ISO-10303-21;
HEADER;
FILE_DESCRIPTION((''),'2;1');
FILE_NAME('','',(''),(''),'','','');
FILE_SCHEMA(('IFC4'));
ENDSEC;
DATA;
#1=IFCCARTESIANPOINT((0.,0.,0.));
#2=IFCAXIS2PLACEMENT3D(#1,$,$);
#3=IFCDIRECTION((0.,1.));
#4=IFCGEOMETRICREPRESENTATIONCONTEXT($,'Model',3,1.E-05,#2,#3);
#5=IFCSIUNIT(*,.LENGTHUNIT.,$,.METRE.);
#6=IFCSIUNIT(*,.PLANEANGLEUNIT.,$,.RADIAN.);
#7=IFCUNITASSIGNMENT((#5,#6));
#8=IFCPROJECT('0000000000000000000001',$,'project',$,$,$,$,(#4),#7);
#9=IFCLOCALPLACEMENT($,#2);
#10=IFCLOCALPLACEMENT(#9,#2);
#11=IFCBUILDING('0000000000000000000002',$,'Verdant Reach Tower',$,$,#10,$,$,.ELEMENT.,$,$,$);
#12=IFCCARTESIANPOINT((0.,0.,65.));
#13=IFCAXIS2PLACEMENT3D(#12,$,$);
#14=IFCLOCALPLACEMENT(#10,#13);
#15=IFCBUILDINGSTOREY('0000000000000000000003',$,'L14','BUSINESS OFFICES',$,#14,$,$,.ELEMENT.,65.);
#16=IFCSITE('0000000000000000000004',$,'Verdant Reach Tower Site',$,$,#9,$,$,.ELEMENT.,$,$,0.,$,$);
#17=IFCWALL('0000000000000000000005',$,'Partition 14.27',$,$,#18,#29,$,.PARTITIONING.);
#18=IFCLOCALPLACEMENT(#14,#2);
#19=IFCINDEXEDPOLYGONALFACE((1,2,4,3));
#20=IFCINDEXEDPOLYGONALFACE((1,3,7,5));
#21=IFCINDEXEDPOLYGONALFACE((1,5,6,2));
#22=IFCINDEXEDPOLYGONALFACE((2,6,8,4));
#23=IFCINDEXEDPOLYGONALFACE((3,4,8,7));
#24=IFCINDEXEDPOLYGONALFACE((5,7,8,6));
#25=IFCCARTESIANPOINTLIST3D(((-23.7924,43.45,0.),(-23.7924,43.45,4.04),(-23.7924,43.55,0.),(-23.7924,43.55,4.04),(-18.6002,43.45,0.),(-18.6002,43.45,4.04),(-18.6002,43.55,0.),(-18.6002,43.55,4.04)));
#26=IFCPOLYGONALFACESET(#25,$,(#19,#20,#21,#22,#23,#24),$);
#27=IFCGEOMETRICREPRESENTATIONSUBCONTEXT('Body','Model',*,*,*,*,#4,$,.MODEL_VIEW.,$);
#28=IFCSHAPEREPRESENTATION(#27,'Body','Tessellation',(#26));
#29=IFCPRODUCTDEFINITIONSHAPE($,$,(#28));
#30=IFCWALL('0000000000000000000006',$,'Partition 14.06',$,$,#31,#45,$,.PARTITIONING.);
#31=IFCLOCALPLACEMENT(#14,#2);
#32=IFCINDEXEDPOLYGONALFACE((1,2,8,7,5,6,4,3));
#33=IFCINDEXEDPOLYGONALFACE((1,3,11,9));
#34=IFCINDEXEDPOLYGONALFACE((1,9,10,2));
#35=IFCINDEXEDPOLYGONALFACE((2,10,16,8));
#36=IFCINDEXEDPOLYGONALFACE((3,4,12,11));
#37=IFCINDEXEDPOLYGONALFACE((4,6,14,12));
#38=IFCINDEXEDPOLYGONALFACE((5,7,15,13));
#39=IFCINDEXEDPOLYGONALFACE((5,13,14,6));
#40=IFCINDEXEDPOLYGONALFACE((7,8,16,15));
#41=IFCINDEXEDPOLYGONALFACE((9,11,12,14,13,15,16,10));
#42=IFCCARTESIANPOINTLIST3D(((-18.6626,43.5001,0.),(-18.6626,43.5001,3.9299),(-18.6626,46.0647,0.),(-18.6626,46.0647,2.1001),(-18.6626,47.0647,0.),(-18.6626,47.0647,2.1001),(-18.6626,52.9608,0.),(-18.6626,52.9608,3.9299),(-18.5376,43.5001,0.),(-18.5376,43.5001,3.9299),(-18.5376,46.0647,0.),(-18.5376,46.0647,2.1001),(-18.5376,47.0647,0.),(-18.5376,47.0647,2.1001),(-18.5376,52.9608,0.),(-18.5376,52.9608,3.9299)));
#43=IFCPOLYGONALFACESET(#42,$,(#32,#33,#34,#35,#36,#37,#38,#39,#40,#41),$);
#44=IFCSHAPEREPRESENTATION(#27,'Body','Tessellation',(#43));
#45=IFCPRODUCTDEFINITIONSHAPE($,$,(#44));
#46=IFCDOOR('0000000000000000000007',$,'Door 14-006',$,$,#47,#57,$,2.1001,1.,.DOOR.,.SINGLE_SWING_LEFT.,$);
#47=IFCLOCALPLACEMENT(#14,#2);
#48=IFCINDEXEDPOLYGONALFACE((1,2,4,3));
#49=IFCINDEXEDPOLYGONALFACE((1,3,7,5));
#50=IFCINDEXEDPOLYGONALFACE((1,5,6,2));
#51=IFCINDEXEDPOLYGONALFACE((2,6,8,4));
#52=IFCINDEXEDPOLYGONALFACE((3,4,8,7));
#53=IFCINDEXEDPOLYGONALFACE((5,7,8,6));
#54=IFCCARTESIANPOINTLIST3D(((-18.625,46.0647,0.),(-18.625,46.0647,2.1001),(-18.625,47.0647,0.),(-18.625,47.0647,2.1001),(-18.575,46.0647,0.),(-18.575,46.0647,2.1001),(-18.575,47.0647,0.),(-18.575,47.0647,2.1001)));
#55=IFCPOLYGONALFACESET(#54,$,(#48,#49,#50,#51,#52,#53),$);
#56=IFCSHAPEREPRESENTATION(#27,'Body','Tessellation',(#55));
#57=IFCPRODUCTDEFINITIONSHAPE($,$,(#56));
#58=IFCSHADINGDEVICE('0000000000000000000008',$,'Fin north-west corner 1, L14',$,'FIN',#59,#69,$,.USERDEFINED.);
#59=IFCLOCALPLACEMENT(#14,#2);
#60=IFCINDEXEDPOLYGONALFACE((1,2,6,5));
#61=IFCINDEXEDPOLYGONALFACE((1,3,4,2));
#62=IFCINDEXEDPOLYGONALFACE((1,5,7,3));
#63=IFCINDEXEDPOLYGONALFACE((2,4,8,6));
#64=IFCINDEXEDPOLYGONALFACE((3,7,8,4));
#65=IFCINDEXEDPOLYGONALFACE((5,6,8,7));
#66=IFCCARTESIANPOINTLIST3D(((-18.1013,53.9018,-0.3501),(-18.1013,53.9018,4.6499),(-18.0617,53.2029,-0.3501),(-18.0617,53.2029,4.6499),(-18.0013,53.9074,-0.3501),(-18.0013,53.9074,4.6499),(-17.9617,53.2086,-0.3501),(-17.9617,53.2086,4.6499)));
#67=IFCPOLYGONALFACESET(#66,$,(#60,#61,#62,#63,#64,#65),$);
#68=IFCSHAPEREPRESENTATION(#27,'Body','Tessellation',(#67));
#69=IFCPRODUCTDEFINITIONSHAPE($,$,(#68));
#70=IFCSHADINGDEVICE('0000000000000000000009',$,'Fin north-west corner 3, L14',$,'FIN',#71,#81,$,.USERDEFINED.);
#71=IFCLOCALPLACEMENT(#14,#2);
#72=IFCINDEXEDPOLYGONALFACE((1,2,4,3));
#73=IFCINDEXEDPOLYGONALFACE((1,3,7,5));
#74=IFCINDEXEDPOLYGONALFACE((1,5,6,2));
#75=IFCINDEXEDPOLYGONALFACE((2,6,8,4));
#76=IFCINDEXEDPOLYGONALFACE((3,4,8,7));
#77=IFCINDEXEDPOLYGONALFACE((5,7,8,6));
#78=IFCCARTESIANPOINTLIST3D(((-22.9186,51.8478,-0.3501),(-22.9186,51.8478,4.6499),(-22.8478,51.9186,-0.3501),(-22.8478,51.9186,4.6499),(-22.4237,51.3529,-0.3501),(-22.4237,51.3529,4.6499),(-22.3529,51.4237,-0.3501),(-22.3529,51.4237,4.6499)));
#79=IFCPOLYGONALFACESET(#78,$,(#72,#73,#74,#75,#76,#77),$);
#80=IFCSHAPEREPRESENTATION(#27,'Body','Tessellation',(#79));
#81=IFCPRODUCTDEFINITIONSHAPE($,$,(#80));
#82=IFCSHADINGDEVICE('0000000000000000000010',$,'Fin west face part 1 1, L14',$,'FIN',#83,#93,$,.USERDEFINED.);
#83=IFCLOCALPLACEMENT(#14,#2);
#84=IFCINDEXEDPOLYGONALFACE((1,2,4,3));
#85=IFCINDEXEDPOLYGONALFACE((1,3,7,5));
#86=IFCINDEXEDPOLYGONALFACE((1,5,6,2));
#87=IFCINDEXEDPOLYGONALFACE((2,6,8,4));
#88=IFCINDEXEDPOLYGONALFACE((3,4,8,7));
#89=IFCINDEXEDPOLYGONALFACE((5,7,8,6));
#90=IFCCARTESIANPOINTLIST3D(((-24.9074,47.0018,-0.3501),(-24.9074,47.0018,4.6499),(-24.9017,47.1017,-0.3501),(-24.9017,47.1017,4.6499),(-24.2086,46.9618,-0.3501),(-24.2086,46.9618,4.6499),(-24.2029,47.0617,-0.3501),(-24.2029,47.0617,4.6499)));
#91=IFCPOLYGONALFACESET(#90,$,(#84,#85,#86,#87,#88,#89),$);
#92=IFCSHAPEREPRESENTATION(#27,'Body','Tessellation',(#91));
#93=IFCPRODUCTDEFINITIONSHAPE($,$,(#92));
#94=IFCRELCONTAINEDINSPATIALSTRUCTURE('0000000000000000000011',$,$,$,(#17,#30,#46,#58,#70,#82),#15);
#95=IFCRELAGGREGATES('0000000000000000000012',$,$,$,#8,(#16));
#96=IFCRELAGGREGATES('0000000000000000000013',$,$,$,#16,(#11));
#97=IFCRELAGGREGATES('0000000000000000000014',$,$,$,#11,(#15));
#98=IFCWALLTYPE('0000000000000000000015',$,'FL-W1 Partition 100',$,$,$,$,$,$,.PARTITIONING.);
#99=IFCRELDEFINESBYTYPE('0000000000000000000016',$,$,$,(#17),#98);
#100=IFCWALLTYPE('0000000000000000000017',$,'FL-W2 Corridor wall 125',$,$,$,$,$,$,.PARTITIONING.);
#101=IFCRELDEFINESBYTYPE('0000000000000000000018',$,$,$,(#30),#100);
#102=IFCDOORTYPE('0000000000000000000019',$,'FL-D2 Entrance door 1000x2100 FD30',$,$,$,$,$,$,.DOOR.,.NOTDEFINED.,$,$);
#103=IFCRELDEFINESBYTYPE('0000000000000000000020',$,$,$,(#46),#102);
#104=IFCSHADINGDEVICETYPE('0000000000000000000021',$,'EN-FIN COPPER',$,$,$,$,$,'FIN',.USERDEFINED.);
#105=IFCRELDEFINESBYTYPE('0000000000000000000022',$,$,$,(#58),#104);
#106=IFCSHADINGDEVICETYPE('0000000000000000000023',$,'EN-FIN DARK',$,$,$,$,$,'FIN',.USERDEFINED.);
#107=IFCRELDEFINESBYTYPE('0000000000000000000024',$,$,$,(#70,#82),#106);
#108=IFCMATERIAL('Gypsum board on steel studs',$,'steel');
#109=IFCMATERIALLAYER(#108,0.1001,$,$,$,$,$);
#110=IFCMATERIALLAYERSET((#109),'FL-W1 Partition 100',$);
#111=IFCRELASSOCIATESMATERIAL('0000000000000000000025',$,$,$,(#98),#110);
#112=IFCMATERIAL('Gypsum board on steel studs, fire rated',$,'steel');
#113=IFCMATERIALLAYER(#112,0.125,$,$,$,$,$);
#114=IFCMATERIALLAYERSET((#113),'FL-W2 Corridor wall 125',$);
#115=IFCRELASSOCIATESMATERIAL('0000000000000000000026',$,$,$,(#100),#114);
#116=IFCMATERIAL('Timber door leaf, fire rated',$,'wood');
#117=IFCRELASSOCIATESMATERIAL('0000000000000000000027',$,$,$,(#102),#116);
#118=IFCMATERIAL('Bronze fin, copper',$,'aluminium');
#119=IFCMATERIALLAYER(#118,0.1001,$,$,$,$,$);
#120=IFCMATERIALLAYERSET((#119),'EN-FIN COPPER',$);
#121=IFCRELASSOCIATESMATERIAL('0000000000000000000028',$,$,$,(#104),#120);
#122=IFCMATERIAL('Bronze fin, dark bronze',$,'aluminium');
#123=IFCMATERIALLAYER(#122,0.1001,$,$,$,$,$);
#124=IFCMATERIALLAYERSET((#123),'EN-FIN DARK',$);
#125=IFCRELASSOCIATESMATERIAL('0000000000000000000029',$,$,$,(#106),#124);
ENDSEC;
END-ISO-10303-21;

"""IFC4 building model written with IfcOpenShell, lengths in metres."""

from ifc_helpers import new_model, si_unit, direction, frame, frame_2d, origin, origin_2d, place, context, subcontext, project, spatial, rectangle, extrude, material, layer, layer_set, type_object, element, fill, save


model = new_model("IFC4")

# Units and contexts
model_context = context("Model", 3, precision=1e-05, world=origin(), true_north=direction((0.0, 1.0)))
body_context = subcontext(model_context, "Body", "Model", "MODEL_VIEW")
ifc_project = project(units=[si_unit("LENGTHUNIT", "METRE"), si_unit("PLANEANGLEUNIT", "RADIAN")], contexts=[model_context])

# Site, building, storey
site_placement = place(None, origin())
site = spatial("IfcSite", under=ifc_project, at=site_placement, Name="Verdant Reach Tower Site", CompositionType="ELEMENT", RefElevation=0.0)
building_placement = place(site_placement, origin())
building = spatial("IfcBuilding", under=site, at=building_placement, Name="Verdant Reach Tower", CompositionType="ELEMENT")
storey_placement = place(building_placement, frame((0.0, 0.0, 65.0)))
storey = spatial("IfcBuildingStorey", under=building, at=storey_placement, Name="L14", Description="BUSINESS OFFICES", CompositionType="ELEMENT", Elevation=65.0)

# Wall
ifc_material_1 = material(Name="Gypsum board on steel studs", Category="steel")
ifc_layer_1 = layer(ifc_material_1, 0.1001)
ifc_layer_set_1 = layer_set([ifc_layer_1], Name="FL-W1 Partition 100")
wall_type_1 = type_object("IfcWallType", Name="FL-W1 Partition 100", PredefinedType="PARTITIONING", material=ifc_layer_set_1)
wall_1_placement = place(storey_placement, frame((-18.6001, 43.5, 0.0), z_axis=(0.0, 0.0, 1.0), x_axis=(-1.0, 0.0, 0.0)))
element("IfcWall", 1, at=wall_1_placement, inside=storey, type_object=wall_type_1, Name="Partition 14.27", PredefinedType="PARTITIONING", context=body_context, shape_type="SweptSolid", body=[
    extrude(rectangle(XDim=5.1921, YDim=0.1001, at=frame_2d((2.5962, 0.0))), origin(), (0.0, 0.0, 1.0), 4.04),
])

# Wall, opening, door
ifc_material_2 = material(Name="Gypsum board on steel studs, fire rated", Category="steel")
ifc_layer_2 = layer(ifc_material_2, 0.125)
ifc_layer_set_2 = layer_set([ifc_layer_2], Name="FL-W2 Corridor wall 125")
wall_type_2 = type_object("IfcWallType", Name="FL-W2 Corridor wall 125", PredefinedType="PARTITIONING", material=ifc_layer_set_2)
wall_2_placement = place(storey_placement, frame((-18.6001, 43.5, 0.0), z_axis=(0.0, 0.0, 1.0), x_axis=(0.0, 1.0, 0.0)))
wall_2 = element("IfcWall", 2, at=wall_2_placement, inside=storey, type_object=wall_type_2, Name="Partition 14.06", PredefinedType="PARTITIONING", context=body_context, shape_type="SweptSolid", body=[
    extrude(rectangle(XDim=9.4607, YDim=0.125, at=frame_2d((4.7305, 0.0))), origin(), (0.0, 0.0, 1.0), 3.9299),
])
opening_placement = place(wall_2_placement, frame((2.5647, 0.0, 0.0)))
opening = element("IfcOpeningElement", 3, at=opening_placement, cuts=wall_2, PredefinedType="OPENING", context=body_context, shape_type="SweptSolid", body=[
    extrude(rectangle(XDim=1.0, YDim=2.1001, at=frame_2d((0.5, 1.05))), frame((0.0, 0.0725, 0.0), z_axis=(0.0, -1.0, 0.0), x_axis=(1.0, 0.0, 0.0)), (0.0, 0.0, 1.0), 0.145),
])
ifc_material_3 = material(Name="Timber door leaf, fire rated", Category="wood")
door_type = type_object("IfcDoorType", Name="FL-D2 Entrance door 1000x2100 FD30", OperationType="NOTDEFINED", PredefinedType="DOOR", material=ifc_material_3)
door_placement = place(opening_placement, origin())
door = element("IfcDoor", 4, at=door_placement, inside=storey, type_object=door_type, Name="Door 14-006", OperationType="SINGLE_SWING_LEFT", OverallHeight=2.1001, OverallWidth=1.0, PredefinedType="DOOR", context=body_context, shape_type="SweptSolid", body=[
    extrude(rectangle(XDim=1.0, YDim=2.1001, at=frame_2d((0.5, 1.05))), frame((0.0, 0.0249, 0.0), z_axis=(0.0, -1.0, 0.0), x_axis=(1.0, 0.0, 0.0)), (0.0, 0.0, 1.0), 0.05),
])
fill(opening, door)

# Shading devices
ifc_material_4 = material(Name="Bronze fin, copper", Category="aluminium")
ifc_layer_3 = layer(ifc_material_4, 0.1001)
ifc_layer_set_3 = layer_set([ifc_layer_3], Name="EN-FIN COPPER")
shading_device_type_1 = type_object("IfcShadingDeviceType", Name="EN-FIN COPPER", ElementType="FIN", PredefinedType="USERDEFINED", material=ifc_layer_set_3)
shading_device_placement = place(storey_placement, frame((-18.0315, 53.5552, -0.3501), z_axis=(0.0, 0.0, 1.0), x_axis=(-0.998399, -0.056569, 0.0)))
element("IfcShadingDevice", 5, at=shading_device_placement, inside=storey, type_object=shading_device_type_1, Name="Fin north-west corner 1, L14", ObjectType="FIN", PredefinedType="USERDEFINED", context=body_context, shape_type="SweptSolid", body=[
    extrude(rectangle(XDim=0.1001, YDim=0.7, at=origin_2d()), origin(), (0.0, 0.0, 1.0), 5.0),
])
ifc_material_5 = material(Name="Bronze fin, dark bronze", Category="aluminium")
ifc_layer_4 = layer(ifc_material_5, 0.1001)
ifc_layer_set_4 = layer_set([ifc_layer_4], Name="EN-FIN DARK")
shading_device_type_2 = type_object("IfcShadingDeviceType", Name="EN-FIN DARK", ElementType="FIN", PredefinedType="USERDEFINED", material=ifc_layer_set_4)
for number, where, z_axis, x_axis, name in (
    (6, (-22.6357, 51.6357, -0.3501), (0.0, 0.0, 1.0), (-0.707107, -0.707107, 0.0), "Fin north-west corner 3, L14"),
    (7, (-24.5552, 47.0317, -0.3501), (0.0, 0.0, 1.0), (-0.057135, -0.998366, 0.0), "Fin west face part 1 1, L14"),
):
    element("IfcShadingDevice", number, at=place(storey_placement, frame(where, z_axis=z_axis, x_axis=x_axis)), inside=storey, type_object=shading_device_type_2, Name=name, ObjectType="FIN", PredefinedType="USERDEFINED", context=body_context, shape_type="SweptSolid", body=[
        extrude(rectangle(XDim=0.1001, YDim=0.7, at=origin_2d()), origin(), (0.0, 0.0, 1.0), 5.0),
    ])

save(model, "model.ifc")
